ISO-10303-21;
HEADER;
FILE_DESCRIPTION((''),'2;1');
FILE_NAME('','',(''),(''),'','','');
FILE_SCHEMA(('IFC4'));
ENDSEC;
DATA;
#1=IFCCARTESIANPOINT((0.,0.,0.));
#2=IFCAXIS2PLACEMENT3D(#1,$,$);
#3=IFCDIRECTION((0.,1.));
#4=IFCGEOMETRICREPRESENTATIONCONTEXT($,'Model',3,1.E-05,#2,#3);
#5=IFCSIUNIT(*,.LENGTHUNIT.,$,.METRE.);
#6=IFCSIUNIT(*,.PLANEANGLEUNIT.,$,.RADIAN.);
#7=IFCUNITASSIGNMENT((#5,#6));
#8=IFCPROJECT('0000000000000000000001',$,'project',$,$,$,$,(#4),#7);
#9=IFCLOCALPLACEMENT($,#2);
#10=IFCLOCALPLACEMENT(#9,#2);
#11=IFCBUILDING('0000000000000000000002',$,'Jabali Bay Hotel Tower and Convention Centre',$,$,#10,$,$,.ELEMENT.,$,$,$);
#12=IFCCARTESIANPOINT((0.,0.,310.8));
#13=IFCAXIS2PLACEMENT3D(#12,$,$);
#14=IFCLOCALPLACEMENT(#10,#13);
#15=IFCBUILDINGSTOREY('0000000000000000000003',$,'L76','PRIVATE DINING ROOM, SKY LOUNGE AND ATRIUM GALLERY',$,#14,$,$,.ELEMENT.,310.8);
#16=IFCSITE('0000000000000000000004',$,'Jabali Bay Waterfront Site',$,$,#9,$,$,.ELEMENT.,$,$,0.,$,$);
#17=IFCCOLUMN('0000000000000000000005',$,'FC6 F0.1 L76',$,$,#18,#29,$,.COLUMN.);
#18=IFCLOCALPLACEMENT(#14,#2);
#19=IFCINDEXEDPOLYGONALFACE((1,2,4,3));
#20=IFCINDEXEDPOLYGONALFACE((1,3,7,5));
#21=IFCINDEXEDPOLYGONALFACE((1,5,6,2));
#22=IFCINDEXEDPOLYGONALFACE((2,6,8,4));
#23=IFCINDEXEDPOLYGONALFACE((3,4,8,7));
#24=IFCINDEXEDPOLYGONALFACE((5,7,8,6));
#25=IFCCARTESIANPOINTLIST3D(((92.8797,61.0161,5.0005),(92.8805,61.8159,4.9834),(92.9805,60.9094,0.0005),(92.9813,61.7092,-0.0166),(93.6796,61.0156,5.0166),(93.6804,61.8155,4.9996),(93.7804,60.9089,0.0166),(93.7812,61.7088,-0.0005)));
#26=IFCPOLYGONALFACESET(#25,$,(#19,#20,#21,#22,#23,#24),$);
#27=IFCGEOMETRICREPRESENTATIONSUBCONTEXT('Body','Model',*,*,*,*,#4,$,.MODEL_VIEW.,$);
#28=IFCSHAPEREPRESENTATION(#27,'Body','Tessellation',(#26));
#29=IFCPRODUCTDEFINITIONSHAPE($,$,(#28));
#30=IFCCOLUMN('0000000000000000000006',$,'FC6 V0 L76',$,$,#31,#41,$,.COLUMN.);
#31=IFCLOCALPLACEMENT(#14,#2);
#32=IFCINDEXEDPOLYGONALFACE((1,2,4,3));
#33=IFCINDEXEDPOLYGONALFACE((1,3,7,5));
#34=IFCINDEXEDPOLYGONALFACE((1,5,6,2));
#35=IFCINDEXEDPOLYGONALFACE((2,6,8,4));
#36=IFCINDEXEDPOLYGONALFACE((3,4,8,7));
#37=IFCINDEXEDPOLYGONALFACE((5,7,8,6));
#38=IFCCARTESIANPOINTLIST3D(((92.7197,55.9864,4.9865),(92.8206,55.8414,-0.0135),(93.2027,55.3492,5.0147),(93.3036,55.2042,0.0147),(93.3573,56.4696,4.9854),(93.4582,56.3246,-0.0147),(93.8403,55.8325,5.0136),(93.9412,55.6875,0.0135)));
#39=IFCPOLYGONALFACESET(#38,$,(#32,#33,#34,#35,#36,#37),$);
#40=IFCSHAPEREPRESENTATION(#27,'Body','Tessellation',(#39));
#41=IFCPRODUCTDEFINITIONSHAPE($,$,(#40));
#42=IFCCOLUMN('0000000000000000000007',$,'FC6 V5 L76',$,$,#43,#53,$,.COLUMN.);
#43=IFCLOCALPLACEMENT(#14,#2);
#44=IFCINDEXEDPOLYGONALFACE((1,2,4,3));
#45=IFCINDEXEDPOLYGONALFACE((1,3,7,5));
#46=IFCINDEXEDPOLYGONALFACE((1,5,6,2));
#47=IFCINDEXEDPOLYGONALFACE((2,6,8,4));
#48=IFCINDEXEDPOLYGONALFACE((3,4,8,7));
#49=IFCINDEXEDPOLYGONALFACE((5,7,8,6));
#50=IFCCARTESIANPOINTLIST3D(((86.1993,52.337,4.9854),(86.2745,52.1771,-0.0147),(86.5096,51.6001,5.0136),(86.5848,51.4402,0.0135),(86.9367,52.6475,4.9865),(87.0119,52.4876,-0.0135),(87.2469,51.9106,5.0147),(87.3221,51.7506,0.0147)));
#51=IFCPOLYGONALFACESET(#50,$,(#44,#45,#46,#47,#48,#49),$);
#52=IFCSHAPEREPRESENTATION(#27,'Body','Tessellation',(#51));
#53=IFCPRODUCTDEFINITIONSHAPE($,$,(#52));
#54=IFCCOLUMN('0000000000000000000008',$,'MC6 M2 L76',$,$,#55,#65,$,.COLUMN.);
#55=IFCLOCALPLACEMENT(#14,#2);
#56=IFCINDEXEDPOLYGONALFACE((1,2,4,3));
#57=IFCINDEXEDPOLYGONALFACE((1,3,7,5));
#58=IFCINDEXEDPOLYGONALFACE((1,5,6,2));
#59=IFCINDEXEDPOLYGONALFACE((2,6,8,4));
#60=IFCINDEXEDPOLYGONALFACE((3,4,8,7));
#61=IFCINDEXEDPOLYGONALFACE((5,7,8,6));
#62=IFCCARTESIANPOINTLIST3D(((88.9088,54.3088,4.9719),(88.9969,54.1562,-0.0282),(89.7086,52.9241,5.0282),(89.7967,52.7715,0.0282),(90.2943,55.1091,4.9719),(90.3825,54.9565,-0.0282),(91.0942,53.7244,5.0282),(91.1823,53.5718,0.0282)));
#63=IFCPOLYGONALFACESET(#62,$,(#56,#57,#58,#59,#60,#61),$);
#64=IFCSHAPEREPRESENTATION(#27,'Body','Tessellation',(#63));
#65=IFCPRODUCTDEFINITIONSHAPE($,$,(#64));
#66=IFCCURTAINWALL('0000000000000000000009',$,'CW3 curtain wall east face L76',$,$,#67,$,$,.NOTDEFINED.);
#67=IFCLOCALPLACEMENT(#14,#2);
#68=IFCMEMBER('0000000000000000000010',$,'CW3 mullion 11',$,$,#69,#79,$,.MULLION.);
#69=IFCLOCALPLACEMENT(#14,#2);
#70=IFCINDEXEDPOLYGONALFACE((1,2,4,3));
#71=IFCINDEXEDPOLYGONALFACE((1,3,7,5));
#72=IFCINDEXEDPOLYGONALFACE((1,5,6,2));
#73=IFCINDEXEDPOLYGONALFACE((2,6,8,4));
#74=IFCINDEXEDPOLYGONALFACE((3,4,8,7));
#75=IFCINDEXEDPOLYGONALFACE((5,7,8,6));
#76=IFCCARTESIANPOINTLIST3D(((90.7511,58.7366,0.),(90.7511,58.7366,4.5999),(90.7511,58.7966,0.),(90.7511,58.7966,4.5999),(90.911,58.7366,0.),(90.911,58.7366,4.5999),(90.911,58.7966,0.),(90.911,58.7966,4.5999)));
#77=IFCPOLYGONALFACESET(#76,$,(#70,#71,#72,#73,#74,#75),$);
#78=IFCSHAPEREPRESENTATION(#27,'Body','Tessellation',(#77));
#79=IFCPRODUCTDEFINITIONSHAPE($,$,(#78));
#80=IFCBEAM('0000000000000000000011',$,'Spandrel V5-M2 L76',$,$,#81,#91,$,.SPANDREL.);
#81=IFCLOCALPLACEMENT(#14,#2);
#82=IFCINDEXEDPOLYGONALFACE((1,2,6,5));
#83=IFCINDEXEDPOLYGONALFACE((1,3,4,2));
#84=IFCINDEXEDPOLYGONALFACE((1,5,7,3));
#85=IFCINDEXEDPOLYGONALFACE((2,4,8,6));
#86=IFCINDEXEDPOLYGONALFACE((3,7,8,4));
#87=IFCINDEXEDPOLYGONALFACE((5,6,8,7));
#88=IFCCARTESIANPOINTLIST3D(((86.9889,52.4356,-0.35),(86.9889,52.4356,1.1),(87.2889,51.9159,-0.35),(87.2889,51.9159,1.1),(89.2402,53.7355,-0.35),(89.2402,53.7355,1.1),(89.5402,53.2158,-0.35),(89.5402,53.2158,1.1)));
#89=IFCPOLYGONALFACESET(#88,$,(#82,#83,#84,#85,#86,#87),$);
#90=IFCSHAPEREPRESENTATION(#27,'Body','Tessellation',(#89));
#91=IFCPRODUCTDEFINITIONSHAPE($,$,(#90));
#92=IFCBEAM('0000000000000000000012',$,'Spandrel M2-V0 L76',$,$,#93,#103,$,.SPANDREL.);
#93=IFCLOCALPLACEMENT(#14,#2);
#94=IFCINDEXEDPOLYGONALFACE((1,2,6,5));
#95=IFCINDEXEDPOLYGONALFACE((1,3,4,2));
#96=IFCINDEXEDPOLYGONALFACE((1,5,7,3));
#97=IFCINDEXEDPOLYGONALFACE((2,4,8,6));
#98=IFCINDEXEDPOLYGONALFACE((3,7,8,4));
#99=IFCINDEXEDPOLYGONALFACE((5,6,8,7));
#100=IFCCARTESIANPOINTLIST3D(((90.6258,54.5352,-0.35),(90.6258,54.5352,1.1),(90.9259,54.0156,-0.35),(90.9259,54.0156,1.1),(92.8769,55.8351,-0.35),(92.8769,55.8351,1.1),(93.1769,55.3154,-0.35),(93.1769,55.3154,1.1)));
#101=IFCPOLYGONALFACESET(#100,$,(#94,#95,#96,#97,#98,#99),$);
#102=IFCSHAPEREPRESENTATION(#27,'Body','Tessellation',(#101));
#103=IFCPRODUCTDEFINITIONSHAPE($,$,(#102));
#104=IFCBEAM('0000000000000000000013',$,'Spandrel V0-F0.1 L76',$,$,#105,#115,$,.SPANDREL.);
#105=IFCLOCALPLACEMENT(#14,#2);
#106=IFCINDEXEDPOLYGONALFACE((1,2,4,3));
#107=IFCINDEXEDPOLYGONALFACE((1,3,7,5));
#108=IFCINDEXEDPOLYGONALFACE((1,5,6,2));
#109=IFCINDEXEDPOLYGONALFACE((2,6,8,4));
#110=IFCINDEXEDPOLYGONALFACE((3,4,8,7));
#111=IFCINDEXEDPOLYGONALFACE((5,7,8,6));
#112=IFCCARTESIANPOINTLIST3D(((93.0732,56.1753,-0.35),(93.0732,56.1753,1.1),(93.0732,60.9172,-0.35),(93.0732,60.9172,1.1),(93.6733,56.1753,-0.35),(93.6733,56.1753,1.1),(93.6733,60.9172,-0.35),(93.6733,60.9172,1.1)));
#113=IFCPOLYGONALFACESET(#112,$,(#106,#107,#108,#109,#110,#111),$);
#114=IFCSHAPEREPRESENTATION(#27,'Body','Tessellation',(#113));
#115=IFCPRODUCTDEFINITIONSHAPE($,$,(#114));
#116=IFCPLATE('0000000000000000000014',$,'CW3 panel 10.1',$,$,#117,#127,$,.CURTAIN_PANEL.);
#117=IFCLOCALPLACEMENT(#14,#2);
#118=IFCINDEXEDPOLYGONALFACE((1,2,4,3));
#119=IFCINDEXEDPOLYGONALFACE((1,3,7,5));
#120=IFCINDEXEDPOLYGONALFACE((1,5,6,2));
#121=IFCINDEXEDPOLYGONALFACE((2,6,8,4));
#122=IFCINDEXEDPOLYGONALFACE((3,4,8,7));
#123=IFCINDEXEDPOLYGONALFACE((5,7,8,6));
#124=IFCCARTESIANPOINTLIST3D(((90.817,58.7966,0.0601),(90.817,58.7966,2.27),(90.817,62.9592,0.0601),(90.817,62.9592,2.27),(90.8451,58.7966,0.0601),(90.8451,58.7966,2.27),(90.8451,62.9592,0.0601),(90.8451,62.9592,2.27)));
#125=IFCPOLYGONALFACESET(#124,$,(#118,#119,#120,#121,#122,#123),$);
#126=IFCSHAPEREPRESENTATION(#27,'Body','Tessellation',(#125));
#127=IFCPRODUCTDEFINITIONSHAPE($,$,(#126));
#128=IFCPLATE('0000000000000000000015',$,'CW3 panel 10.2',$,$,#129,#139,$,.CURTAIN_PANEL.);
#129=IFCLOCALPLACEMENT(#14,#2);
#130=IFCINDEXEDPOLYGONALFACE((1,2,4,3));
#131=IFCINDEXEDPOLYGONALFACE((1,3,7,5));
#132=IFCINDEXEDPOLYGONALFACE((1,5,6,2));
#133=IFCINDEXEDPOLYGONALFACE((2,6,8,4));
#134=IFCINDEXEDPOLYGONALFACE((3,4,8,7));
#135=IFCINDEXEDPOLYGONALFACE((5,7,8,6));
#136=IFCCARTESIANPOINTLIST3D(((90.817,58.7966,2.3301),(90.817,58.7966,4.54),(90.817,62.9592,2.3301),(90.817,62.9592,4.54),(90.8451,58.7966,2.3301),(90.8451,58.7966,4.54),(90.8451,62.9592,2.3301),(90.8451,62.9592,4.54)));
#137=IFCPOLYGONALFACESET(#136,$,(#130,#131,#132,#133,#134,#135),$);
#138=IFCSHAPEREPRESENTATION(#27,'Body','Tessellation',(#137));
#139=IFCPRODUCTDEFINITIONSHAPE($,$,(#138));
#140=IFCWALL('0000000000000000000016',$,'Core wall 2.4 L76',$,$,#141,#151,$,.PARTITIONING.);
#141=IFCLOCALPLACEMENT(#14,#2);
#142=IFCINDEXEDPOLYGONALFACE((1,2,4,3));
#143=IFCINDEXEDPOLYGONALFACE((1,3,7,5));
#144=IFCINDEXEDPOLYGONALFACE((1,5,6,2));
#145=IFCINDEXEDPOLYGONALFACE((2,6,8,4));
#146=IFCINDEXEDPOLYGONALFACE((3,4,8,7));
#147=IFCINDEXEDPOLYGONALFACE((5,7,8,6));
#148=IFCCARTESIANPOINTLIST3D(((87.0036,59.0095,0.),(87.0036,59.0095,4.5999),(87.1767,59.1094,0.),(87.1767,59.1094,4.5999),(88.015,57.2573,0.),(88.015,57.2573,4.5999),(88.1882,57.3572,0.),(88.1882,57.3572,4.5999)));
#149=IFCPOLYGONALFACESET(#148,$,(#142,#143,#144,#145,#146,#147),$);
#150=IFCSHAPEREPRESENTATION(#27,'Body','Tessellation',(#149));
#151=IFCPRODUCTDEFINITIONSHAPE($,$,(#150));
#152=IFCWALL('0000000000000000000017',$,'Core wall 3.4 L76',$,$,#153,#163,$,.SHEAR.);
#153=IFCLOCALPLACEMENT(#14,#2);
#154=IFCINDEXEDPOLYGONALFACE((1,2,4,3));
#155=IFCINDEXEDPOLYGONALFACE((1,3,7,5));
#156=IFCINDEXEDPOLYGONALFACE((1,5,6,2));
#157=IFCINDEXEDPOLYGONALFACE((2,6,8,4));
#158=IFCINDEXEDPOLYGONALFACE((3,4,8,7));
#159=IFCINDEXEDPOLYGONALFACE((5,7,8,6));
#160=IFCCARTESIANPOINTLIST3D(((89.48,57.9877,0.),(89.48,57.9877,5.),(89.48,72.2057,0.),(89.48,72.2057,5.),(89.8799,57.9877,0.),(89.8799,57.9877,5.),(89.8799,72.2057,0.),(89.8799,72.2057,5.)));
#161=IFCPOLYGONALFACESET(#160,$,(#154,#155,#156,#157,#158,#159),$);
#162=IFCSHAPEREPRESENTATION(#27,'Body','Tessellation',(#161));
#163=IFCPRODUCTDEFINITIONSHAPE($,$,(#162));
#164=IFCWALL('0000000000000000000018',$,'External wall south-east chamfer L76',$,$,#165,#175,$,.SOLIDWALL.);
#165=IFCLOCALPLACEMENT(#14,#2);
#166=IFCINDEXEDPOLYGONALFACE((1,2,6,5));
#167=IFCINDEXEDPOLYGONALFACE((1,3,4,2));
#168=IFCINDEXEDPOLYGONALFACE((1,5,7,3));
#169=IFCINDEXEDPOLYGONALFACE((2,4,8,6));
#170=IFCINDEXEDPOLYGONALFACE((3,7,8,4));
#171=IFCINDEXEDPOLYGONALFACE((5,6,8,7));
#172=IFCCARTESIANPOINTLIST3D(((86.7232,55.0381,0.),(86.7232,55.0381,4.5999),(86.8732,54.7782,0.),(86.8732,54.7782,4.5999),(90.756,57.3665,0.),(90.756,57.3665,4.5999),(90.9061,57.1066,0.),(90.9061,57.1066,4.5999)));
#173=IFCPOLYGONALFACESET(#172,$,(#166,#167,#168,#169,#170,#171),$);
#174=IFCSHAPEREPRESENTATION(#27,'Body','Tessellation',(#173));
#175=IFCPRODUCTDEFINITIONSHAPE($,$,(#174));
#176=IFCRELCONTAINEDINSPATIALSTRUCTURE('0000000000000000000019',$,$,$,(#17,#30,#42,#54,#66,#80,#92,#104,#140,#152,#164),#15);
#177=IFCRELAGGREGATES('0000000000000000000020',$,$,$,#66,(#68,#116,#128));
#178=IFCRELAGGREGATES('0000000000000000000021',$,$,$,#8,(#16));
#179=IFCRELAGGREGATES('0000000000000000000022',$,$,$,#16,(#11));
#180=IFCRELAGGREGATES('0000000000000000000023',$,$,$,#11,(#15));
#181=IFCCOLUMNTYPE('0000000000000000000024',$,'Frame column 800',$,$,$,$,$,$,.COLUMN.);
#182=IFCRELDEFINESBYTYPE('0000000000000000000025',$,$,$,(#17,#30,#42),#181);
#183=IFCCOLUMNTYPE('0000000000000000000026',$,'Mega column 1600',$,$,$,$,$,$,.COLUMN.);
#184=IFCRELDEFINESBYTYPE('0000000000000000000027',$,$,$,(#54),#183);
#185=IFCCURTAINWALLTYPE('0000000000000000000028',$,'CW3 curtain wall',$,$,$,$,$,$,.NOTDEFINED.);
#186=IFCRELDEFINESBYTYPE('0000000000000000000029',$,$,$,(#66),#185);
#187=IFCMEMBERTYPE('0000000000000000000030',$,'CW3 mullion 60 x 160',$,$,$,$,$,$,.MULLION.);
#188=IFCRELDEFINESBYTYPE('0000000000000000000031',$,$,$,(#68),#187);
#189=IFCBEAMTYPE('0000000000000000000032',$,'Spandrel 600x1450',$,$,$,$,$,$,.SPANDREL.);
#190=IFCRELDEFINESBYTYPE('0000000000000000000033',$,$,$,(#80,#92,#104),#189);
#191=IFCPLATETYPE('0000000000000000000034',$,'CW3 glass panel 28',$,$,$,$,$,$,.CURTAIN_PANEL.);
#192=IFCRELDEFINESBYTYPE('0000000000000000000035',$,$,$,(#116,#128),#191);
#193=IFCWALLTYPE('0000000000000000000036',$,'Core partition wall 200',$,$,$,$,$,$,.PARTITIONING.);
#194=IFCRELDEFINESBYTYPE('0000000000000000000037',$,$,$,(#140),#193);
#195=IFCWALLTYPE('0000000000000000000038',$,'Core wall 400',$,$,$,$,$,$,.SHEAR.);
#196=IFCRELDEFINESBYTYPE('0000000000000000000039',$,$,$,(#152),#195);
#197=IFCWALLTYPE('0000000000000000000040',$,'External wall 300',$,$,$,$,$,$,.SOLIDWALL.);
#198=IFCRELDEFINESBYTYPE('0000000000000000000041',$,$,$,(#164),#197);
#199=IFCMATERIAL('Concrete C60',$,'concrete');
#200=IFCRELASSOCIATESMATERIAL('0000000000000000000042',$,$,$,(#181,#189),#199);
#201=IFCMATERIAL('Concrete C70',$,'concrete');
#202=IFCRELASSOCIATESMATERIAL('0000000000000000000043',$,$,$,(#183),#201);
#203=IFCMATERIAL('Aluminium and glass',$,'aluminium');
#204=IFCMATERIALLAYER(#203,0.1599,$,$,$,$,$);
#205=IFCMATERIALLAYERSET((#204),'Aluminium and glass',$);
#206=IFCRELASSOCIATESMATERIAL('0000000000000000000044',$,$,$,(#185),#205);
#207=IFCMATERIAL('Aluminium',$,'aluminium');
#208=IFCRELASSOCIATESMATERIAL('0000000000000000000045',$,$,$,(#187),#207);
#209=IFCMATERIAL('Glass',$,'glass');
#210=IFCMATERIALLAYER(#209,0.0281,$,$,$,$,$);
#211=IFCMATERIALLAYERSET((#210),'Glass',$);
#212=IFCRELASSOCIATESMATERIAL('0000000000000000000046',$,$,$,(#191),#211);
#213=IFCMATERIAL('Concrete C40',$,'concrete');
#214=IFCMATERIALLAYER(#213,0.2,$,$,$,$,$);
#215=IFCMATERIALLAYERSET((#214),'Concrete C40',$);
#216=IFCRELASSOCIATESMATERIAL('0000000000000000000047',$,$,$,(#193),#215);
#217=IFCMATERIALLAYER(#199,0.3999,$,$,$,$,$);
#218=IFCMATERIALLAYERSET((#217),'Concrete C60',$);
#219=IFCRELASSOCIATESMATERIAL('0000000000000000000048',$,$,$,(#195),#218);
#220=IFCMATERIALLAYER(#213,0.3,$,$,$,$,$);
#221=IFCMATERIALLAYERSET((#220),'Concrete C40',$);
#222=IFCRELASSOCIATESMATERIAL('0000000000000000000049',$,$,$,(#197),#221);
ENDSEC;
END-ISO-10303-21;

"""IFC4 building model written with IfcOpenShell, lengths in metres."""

from ifc_helpers import new_model, si_unit, direction, frame, frame_2d, origin, origin_2d, place, context, subcontext, project, spatial, rectangle, extrude, material, layer, layer_set, material_profile, profile_set, type_object, element, aggregate, save


model = new_model("IFC4")

# Units and contexts
model_context = context("Model", 3, precision=1e-05, world=origin(), true_north=direction((0.0, 1.0)))
body_context = subcontext(model_context, "Body", "Model", "MODEL_VIEW")
ifc_project = project(units=[si_unit("LENGTHUNIT", "METRE"), si_unit("PLANEANGLEUNIT", "RADIAN")], contexts=[model_context])

# Site, building, storey
site_placement = place(None, origin())
site = spatial("IfcSite", under=ifc_project, at=site_placement, Name="Jabali Bay Waterfront Site", CompositionType="ELEMENT", RefElevation=0.0)
building_placement = place(site_placement, origin())
building = spatial("IfcBuilding", under=site, at=building_placement, Name="Jabali Bay Hotel Tower and Convention Centre", CompositionType="ELEMENT")
storey_placement = place(building_placement, frame((0.0, 0.0, 310.8)))
storey = spatial("IfcBuildingStorey", under=building, at=storey_placement, Name="L76", Description="PRIVATE DINING ROOM, SKY LOUNGE AND ATRIUM GALLERY", CompositionType="ELEMENT", Elevation=310.8)

# Columns
ifc_material_1 = material(Name="Concrete C60", Category="concrete")
ifc_material_profile_1 = material_profile(ifc_material_1, rectangle(XDim=0.8, YDim=0.8, at=origin_2d()), Name="Frame column 800")
ifc_profile_set_1 = profile_set([ifc_material_profile_1], Name="Concrete C60")
column_type_1 = type_object("IfcColumnType", Name="Frame column 800", PredefinedType="COLUMN", material=ifc_profile_set_1)
column_1_placement = place(storey_placement, frame((93.3809, 61.3091, 0.0), z_axis=(-0.020157, 0.021329, 0.999569), x_axis=(-0.000978, -0.999772, 0.021313)))
element("IfcColumn", 1, at=column_1_placement, inside=storey, type_object=column_type_1, Name="FC6 F0.1 L76", PredefinedType="COLUMN", context=body_context, shape_type="SweptSolid", body=[
    extrude(rectangle(XDim=0.8, YDim=0.8, at=origin_2d()), origin(), (0.0, 0.0, 1.0), 5.0022),
])
for number, where, z_axis, x_axis, name in (
    (2, (93.3809, 55.7644, 0.0), (-0.020153, 0.028986, 0.999377), (-0.796945, -0.60405, 0.001449), "FC6 V0 L76"),
    (3, (86.7983, 51.9639, 0.0), (-0.01503, 0.031962, 0.999376), (0.387777, -0.921078, 0.03529), "FC6 V5 L76"),
):
    element("IfcColumn", number, at=place(storey_placement, frame(where, z_axis=z_axis, x_axis=x_axis)), inside=storey, type_object=column_type_1, Name=name, PredefinedType="COLUMN", context=body_context, shape_type="SweptSolid", body=[
        extrude(rectangle(XDim=0.8, YDim=0.8, at=origin_2d()), origin(), (0.0, 0.0, 1.0), 5.0032),
    ])
ifc_material_2 = material(Name="Concrete C70", Category="concrete")
ifc_material_profile_2 = material_profile(ifc_material_2, rectangle(XDim=1.6001, YDim=1.6001, at=origin_2d()), Name="Mega column 1600")
ifc_profile_set_2 = profile_set([ifc_material_profile_2], Name="Concrete C70")
column_type_2 = type_object("IfcColumnType", Name="Mega column 1600", PredefinedType="COLUMN", material=ifc_profile_set_2)
column_2_placement = place(storey_placement, frame((90.0896, 53.864, 0.0), z_axis=(-0.017616, 0.030499, 0.99938), x_axis=(-0.865931, -0.500163, 0.0)))
element("IfcColumn", 4, at=column_2_placement, inside=storey, type_object=column_type_2, Name="MC6 M2 L76", PredefinedType="COLUMN", context=body_context, shape_type="SweptSolid", body=[
    extrude(rectangle(XDim=1.6001, YDim=1.6001, at=origin_2d()), origin(), (0.0, 0.0, 1.0), 5.0032),
])

# Curtain wall, member
ifc_material_3 = material(Name="Aluminium and glass", Category="aluminium")
ifc_layer_1 = layer(ifc_material_3, 0.1599)
ifc_layer_set_1 = layer_set([ifc_layer_1], Name="Aluminium and glass")
curtain_wall_type = type_object("IfcCurtainWallType", Name="CW3 curtain wall", PredefinedType="NOTDEFINED", material=ifc_layer_set_1)
curtain_wall_placement = place(storey_placement, origin())
curtain_wall = element("IfcCurtainWall", 5, at=curtain_wall_placement, inside=storey, type_object=curtain_wall_type, Name="CW3 curtain wall east face L76", PredefinedType="NOTDEFINED")
ifc_material_4 = material(Name="Aluminium", Category="aluminium")
ifc_material_profile_3 = material_profile(ifc_material_4, rectangle(XDim=0.1599, YDim=0.0601, at=origin_2d()), Name="CW3 mullion 60 x 160")
ifc_profile_set_3 = profile_set([ifc_material_profile_3], Name="Aluminium")
member_type = type_object("IfcMemberType", Name="CW3 mullion 60 x 160", PredefinedType="MULLION", material=ifc_profile_set_3)
member_placement = place(storey_placement, frame((90.8311, 58.7666, 0.0), z_axis=(0.0, 0.0, 1.0), x_axis=(1.0, 0.0, 0.0)))
member = element("IfcMember", 6, at=member_placement, type_object=member_type, Name="CW3 mullion 11", PredefinedType="MULLION", context=body_context, shape_type="SweptSolid", body=[
    extrude(rectangle(XDim=0.1599, YDim=0.0601, at=origin_2d()), origin(), (0.0, 0.0, 1.0), 4.5999),
])

# Beams
ifc_material_profile_4 = material_profile(ifc_material_1, rectangle(XDim=0.6001, YDim=1.45, at=origin_2d()), Name="Spandrel 600x1450")
ifc_profile_set_4 = profile_set([ifc_material_profile_4], Name="Concrete C60")
beam_type = type_object("IfcBeamType", Name="Spandrel 600x1450", PredefinedType="SPANDREL", material=ifc_profile_set_4)
beam_1_placement = place(storey_placement, frame((87.1389, 52.1758, 0.375), z_axis=(0.866015, 0.500018, 0.0), x_axis=(-0.500018, 0.866015, 0.0)))
element("IfcBeam", 7, at=beam_1_placement, inside=storey, type_object=beam_type, Name="Spandrel V5-M2 L76", PredefinedType="SPANDREL", context=body_context, shape_type="SweptSolid", body=[
    extrude(rectangle(XDim=0.6001, YDim=1.45, at=origin_2d()), origin(), (0.0, 0.0, 1.0), 2.5996),
])
beam_2_placement = place(storey_placement, frame((90.7759, 54.2754, 0.375), z_axis=(0.865992, 0.500059, 0.0), x_axis=(-0.500059, 0.865992, 0.0)))
element("IfcBeam", 8, at=beam_2_placement, inside=storey, type_object=beam_type, Name="Spandrel M2-V0 L76", PredefinedType="SPANDREL", context=body_context, shape_type="SweptSolid", body=[
    extrude(rectangle(XDim=0.6001, YDim=1.45, at=origin_2d()), origin(), (0.0, 0.0, 1.0), 2.5994),
])
beam_3_placement = place(storey_placement, frame((93.3733, 56.1753, 0.375), z_axis=(0.0, 1.0, 0.0), x_axis=(-1.0, 0.0, 0.0)))
element("IfcBeam", 9, at=beam_3_placement, inside=storey, type_object=beam_type, Name="Spandrel V0-F0.1 L76", PredefinedType="SPANDREL", context=body_context, shape_type="SweptSolid", body=[
    extrude(rectangle(XDim=0.6001, YDim=1.45, at=origin_2d()), origin(), (0.0, 0.0, 1.0), 4.7419),
])

# Plates
ifc_material_5 = material(Name="Glass", Category="glass")
ifc_layer_2 = layer(ifc_material_5, 0.0281)
ifc_layer_set_2 = layer_set([ifc_layer_2], Name="Glass")
plate_type = type_object("IfcPlateType", Name="CW3 glass panel 28", PredefinedType="CURTAIN_PANEL", material=ifc_layer_set_2)
plate_1_placement = place(storey_placement, frame((90.8311, 60.8779, 0.0601), z_axis=(0.0, 0.0, 1.0), x_axis=(0.0, -1.0, 0.0)))
plate_1 = element("IfcPlate", 10, at=plate_1_placement, type_object=plate_type, Name="CW3 panel 10.1", PredefinedType="CURTAIN_PANEL", context=body_context, shape_type="SweptSolid", body=[
    extrude(rectangle(XDim=4.1626, YDim=0.0281, at=origin_2d()), origin(), (0.0, 0.0, 1.0), 2.21),
])
plate_2_placement = place(storey_placement, frame((90.8311, 60.8779, 2.3301), z_axis=(0.0, 0.0, 1.0), x_axis=(0.0, -1.0, 0.0)))
plate_2 = element("IfcPlate", 11, at=plate_2_placement, type_object=plate_type, Name="CW3 panel 10.2", PredefinedType="CURTAIN_PANEL", context=body_context, shape_type="SweptSolid", body=[
    extrude(rectangle(XDim=4.1626, YDim=0.0281, at=origin_2d()), origin(), (0.0, 0.0, 1.0), 2.21),
])
aggregate(curtain_wall, [member, plate_1, plate_2])

# Walls
ifc_material_6 = material(Name="Concrete C40", Category="concrete")
ifc_layer_3 = layer(ifc_material_6, 0.2)
ifc_layer_set_3 = layer_set([ifc_layer_3], Name="Concrete C40")
wall_type_1 = type_object("IfcWallType", Name="Core partition wall 200", PredefinedType="PARTITIONING", material=ifc_layer_set_3)
wall_1_placement = place(storey_placement, frame((87.0901, 59.0596, 0.0), z_axis=(0.0, 0.0, 1.0), x_axis=(0.499942, -0.866059, 0.0)))
element("IfcWall", 12, at=wall_1_placement, inside=storey, type_object=wall_type_1, Name="Core wall 2.4 L76", PredefinedType="PARTITIONING", context=body_context, shape_type="SweptSolid", body=[
    extrude(rectangle(XDim=2.0232, YDim=0.2, at=frame_2d((1.0117, 0.0))), origin(), (0.0, 0.0, 1.0), 4.5999),
])
ifc_layer_4 = layer(ifc_material_1, 0.3999)
ifc_layer_set_4 = layer_set([ifc_layer_4], Name="Concrete C60")
wall_type_2 = type_object("IfcWallType", Name="Core wall 400", PredefinedType="SHEAR", material=ifc_layer_set_4)
wall_2_placement = place(storey_placement, frame((89.6799, 57.9878, 0.0), z_axis=(0.0, 0.0, 1.0), x_axis=(0.0, 1.0, 0.0)))
element("IfcWall", 13, at=wall_2_placement, inside=storey, type_object=wall_type_2, Name="Core wall 3.4 L76", PredefinedType="SHEAR", context=body_context, shape_type="SweptSolid", body=[
    extrude(rectangle(XDim=14.218, YDim=0.3999, at=frame_2d((7.1089, 0.0))), origin(), (0.0, 0.0, 1.0), 5.0),
])
ifc_layer_5 = layer(ifc_material_6, 0.3)
ifc_layer_set_5 = layer_set([ifc_layer_5], Name="Concrete C40")
wall_type_3 = type_object("IfcWallType", Name="External wall 300", PredefinedType="SOLIDWALL", material=ifc_layer_set_5)
wall_3_placement = place(storey_placement, frame((90.8311, 57.2366, 0.0), z_axis=(0.0, 0.0, 1.0), x_axis=(-0.866018, -0.500013, 0.0)))
element("IfcWall", 14, at=wall_3_placement, inside=storey, type_object=wall_type_3, Name="External wall south-east chamfer L76", PredefinedType="SOLIDWALL", context=body_context, shape_type="SweptSolid", body=[
    extrude(rectangle(XDim=4.6567, YDim=0.3, at=frame_2d((2.3284, 0.0))), origin(), (0.0, 0.0, 1.0), 4.5999),
])

save(model, "model.ifc")
